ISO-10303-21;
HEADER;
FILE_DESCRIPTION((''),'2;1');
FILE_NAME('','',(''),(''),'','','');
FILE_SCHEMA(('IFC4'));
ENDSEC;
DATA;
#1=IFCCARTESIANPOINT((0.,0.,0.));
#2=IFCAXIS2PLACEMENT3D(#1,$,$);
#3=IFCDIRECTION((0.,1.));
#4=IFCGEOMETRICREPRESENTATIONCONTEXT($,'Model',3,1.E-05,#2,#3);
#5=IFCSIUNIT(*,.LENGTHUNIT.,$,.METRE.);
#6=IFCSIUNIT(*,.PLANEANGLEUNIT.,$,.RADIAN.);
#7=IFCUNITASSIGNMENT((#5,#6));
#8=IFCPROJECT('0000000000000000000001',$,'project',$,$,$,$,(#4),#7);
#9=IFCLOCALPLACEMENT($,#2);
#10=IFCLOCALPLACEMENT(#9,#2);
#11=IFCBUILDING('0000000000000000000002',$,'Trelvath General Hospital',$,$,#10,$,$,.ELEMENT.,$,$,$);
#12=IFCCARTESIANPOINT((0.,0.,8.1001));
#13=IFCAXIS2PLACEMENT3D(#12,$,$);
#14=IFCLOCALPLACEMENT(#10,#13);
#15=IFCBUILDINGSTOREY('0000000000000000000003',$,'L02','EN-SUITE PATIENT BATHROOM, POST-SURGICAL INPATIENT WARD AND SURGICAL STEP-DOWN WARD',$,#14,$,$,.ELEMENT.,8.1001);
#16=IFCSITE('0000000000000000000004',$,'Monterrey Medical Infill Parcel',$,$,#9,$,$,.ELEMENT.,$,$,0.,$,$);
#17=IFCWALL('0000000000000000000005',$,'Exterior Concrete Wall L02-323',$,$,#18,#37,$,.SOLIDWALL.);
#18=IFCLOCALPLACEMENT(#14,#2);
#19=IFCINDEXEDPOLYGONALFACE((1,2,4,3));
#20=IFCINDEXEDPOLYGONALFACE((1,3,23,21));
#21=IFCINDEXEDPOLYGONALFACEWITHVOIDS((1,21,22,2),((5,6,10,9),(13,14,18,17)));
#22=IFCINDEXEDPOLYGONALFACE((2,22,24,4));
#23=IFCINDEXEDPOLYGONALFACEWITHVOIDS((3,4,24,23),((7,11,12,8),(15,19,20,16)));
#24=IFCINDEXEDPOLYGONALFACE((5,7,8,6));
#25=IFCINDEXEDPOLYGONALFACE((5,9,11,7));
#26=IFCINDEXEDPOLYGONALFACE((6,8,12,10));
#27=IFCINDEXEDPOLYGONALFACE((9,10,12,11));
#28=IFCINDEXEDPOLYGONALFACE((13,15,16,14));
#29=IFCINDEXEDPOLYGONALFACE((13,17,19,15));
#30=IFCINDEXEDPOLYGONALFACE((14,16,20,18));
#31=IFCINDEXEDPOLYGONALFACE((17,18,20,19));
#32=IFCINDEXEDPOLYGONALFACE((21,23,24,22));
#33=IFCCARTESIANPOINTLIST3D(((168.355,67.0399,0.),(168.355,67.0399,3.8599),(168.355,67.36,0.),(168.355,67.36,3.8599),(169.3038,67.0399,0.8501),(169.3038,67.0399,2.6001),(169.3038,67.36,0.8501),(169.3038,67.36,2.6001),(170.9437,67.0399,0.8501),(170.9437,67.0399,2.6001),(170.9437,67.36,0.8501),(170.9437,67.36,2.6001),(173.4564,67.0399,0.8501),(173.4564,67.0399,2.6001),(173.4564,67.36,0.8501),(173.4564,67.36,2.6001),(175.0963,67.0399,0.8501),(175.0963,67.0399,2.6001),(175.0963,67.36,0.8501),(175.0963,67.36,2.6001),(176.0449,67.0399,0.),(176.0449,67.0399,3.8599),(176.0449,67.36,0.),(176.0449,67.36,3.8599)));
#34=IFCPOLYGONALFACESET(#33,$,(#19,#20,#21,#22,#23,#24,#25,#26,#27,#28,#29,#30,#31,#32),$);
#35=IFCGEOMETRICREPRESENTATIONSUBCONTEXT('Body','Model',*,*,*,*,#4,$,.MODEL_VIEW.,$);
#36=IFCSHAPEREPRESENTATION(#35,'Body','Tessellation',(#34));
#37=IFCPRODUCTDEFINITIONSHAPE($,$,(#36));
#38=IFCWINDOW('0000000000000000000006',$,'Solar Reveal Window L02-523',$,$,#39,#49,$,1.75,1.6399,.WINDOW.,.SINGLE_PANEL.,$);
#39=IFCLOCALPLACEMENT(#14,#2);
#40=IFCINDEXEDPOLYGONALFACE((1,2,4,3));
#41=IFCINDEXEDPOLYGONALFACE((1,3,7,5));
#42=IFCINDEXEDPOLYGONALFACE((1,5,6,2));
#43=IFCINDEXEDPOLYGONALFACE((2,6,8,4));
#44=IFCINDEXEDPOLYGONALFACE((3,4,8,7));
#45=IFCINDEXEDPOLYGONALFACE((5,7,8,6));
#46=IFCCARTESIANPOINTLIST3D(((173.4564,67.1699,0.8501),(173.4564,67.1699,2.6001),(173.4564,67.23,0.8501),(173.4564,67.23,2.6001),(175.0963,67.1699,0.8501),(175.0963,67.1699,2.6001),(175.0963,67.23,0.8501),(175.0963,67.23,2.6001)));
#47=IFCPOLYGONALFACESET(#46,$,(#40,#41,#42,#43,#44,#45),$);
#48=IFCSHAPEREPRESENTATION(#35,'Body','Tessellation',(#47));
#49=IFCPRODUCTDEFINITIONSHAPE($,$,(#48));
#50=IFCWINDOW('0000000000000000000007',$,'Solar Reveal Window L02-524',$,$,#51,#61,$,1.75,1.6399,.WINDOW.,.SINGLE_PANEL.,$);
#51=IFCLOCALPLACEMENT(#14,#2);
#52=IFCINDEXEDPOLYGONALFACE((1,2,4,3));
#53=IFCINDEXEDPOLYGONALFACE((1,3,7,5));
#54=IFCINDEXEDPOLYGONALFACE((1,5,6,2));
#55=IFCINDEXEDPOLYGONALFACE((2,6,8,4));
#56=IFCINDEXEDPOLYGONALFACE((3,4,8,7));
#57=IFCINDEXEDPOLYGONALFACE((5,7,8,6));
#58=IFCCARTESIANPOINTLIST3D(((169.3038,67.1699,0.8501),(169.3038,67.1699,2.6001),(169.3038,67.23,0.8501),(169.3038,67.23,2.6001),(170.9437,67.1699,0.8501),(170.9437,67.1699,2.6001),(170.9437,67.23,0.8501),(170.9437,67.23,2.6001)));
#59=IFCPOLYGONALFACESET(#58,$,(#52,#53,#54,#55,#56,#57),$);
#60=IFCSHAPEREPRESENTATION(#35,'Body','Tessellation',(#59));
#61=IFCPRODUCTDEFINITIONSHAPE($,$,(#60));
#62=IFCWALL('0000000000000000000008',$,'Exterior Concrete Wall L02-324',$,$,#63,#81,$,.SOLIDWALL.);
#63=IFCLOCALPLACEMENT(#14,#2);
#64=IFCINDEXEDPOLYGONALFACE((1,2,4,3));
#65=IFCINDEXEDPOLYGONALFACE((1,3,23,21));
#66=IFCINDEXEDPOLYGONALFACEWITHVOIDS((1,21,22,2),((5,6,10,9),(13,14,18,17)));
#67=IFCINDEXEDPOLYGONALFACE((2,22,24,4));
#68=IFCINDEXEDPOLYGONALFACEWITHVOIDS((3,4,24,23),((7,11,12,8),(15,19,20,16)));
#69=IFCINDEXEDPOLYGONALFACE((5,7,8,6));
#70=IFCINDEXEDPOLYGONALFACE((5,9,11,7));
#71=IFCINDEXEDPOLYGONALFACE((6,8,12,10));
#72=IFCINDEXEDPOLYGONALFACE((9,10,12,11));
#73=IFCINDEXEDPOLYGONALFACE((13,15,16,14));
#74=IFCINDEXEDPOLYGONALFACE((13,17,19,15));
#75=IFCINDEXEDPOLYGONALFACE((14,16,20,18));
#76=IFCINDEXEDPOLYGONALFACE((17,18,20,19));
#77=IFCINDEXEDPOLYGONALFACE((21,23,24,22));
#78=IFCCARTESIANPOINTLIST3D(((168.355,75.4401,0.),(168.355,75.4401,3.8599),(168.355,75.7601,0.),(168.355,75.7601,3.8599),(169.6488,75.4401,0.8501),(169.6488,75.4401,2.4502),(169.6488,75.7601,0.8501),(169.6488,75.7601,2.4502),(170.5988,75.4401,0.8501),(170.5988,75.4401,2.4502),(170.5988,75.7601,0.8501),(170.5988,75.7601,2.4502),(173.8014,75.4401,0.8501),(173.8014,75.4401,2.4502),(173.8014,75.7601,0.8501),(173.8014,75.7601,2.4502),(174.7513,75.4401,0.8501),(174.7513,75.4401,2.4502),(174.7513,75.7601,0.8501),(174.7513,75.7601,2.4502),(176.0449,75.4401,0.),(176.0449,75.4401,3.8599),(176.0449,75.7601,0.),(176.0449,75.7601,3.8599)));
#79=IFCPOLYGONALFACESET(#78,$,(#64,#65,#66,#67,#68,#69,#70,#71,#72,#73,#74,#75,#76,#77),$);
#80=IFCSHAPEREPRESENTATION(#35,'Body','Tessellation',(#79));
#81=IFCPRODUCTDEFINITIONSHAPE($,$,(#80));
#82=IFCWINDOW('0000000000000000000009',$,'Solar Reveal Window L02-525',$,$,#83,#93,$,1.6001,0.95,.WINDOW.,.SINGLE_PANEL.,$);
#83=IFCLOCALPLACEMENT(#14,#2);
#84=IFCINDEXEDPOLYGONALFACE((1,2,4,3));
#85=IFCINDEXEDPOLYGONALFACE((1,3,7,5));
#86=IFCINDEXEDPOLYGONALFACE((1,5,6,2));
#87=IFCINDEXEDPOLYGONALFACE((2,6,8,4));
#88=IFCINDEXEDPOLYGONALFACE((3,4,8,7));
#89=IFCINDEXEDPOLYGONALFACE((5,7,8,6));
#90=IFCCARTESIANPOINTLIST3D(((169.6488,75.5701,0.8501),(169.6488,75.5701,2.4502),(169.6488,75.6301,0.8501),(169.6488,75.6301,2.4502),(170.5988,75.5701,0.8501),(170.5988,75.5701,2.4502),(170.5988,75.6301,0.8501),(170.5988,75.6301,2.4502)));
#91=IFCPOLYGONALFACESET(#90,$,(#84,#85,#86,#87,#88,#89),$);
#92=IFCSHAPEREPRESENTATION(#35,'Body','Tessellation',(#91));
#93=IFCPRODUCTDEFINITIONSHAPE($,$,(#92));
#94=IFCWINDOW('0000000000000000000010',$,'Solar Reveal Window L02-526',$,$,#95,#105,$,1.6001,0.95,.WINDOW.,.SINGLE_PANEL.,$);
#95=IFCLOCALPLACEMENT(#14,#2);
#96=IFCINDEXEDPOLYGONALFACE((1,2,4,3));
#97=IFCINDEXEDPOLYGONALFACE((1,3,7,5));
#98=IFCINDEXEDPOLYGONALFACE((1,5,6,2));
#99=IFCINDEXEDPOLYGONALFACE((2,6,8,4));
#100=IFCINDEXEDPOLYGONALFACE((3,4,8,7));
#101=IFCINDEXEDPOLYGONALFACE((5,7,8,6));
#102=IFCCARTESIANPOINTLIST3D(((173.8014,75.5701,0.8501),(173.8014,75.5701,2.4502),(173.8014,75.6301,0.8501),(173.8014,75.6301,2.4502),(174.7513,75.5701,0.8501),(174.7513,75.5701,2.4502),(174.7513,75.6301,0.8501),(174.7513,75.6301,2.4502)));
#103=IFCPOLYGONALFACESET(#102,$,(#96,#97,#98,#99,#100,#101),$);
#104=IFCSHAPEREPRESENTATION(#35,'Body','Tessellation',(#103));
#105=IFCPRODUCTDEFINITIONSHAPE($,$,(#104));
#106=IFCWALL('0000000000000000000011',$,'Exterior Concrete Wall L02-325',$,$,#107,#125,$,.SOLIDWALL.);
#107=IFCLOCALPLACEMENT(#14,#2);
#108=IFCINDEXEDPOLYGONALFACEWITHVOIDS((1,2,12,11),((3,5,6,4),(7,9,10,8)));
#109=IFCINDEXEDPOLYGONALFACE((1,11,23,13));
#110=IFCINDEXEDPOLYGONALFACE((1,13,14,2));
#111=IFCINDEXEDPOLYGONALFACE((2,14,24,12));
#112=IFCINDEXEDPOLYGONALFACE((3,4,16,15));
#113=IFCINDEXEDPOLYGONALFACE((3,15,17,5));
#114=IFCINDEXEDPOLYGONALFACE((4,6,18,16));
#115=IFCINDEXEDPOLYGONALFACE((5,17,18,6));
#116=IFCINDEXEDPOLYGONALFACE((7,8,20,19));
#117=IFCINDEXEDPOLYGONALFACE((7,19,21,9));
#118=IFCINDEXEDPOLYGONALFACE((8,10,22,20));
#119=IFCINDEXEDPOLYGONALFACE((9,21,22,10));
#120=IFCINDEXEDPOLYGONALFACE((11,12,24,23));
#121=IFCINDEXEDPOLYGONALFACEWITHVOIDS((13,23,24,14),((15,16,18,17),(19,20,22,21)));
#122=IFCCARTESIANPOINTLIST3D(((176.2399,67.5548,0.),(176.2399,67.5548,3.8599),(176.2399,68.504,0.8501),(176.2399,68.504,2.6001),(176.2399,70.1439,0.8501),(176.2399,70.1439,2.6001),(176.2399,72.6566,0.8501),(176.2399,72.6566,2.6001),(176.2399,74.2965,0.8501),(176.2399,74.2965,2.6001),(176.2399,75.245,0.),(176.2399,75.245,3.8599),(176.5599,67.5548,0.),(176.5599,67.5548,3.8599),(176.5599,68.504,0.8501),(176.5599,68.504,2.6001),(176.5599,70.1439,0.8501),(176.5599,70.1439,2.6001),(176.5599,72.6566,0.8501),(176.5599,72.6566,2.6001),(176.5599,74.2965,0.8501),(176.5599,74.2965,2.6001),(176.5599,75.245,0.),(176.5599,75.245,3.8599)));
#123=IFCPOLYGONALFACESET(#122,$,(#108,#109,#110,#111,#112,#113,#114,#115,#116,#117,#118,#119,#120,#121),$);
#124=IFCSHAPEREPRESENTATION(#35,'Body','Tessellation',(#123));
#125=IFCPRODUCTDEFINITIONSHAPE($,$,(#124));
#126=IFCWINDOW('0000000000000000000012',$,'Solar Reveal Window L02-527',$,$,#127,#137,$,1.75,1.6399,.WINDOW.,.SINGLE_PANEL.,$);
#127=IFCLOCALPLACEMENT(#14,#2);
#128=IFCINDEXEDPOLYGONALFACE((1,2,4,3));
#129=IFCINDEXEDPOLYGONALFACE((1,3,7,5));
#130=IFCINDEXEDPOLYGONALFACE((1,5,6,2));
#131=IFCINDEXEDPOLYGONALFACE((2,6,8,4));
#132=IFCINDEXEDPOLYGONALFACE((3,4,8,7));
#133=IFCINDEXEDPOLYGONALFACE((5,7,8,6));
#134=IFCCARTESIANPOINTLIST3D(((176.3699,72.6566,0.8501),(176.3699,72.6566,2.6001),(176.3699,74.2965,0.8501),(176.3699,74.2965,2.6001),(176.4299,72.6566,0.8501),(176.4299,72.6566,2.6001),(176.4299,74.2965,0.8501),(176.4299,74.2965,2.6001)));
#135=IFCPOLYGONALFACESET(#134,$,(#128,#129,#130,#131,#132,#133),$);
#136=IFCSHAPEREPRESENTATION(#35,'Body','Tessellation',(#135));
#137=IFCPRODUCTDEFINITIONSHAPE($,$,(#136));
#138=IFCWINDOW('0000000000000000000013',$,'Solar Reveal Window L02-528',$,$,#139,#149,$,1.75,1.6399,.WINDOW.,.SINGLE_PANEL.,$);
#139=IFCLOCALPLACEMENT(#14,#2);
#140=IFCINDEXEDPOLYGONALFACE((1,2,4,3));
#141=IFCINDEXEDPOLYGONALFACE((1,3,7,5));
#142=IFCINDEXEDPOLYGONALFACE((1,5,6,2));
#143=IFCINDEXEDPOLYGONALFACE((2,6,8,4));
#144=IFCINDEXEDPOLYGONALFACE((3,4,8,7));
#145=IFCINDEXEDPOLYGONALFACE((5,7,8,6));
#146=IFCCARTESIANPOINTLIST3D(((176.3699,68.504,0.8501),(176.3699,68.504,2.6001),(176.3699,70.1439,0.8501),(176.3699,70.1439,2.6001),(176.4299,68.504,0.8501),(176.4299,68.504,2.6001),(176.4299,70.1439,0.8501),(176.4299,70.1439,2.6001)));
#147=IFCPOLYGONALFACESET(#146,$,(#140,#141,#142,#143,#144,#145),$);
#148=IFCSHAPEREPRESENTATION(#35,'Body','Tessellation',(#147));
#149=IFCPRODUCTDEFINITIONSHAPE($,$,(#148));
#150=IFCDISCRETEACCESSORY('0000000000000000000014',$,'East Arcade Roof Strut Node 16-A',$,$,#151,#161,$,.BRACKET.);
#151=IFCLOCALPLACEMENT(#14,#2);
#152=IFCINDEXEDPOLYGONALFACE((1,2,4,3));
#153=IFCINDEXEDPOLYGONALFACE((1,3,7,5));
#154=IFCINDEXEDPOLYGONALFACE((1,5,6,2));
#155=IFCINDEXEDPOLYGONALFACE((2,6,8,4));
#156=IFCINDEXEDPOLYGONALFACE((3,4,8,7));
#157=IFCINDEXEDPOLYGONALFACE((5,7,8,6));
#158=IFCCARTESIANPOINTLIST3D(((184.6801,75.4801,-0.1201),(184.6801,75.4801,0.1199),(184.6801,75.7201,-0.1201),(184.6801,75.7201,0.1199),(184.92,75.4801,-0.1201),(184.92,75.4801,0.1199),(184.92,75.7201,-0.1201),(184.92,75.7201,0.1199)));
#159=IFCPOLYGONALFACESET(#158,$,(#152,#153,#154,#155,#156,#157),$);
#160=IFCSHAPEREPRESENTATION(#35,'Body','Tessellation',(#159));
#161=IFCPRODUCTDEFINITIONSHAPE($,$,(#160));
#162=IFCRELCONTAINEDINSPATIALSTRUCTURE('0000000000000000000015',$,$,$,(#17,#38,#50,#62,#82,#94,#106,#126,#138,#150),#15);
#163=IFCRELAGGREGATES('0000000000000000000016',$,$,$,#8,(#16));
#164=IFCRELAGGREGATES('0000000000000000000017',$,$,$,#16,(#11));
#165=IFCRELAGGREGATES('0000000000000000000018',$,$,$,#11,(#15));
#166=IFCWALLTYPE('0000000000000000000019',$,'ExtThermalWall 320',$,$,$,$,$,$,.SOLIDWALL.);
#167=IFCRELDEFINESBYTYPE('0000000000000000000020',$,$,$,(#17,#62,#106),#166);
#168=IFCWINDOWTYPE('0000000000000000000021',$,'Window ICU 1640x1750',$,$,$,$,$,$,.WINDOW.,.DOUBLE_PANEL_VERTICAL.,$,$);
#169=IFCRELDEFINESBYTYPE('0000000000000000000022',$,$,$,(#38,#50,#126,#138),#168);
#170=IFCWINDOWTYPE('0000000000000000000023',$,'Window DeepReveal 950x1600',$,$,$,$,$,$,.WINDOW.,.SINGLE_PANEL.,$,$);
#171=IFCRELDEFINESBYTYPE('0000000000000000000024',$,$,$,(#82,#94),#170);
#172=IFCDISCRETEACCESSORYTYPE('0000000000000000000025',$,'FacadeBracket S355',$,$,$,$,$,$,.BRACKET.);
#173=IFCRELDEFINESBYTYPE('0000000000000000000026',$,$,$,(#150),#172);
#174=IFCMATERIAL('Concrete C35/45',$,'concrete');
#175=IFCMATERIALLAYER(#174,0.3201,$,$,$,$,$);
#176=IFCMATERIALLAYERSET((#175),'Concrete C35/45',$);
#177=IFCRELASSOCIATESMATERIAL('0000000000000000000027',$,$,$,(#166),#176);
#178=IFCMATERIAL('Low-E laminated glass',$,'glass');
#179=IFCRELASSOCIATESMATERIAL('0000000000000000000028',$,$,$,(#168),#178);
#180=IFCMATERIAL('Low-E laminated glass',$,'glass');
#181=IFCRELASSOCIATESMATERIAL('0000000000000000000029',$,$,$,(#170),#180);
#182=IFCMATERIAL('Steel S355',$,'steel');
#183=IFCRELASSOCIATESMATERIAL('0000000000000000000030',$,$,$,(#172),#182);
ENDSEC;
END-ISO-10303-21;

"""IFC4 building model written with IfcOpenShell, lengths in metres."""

from ifc_helpers import new_model, si_unit, direction, frame, frame_2d, origin, origin_2d, place, context, subcontext, project, spatial, rectangle, extrude, material, layer, layer_set, type_object, element, fill, save


model = new_model("IFC4")

# Units and contexts
model_context = context("Model", 3, precision=1e-05, world=origin(), true_north=direction((0.0, 1.0)))
body_context = subcontext(model_context, "Body", "Model", "MODEL_VIEW")
ifc_project = project(units=[si_unit("LENGTHUNIT", "METRE"), si_unit("PLANEANGLEUNIT", "RADIAN")], contexts=[model_context])

# Site, building, storey
site_placement = place(None, origin())
site = spatial("IfcSite", under=ifc_project, at=site_placement, Name="Monterrey Medical Infill Parcel", CompositionType="ELEMENT", RefElevation=0.0)
building_placement = place(site_placement, origin())
building = spatial("IfcBuilding", under=site, at=building_placement, Name="Trelvath General Hospital", CompositionType="ELEMENT")
storey_placement = place(building_placement, frame((0.0, 0.0, 8.1001)))
storey = spatial("IfcBuildingStorey", under=building, at=storey_placement, Name="L02", Description="EN-SUITE PATIENT BATHROOM, POST-SURGICAL INPATIENT WARD AND SURGICAL STEP-DOWN WARD", CompositionType="ELEMENT", Elevation=8.1001)

# Walls, openings, windows
ifc_material_1 = material(Name="Concrete C35/45", Category="concrete")
ifc_layer_1 = layer(ifc_material_1, 0.3201)
ifc_layer_set_1 = layer_set([ifc_layer_1], Name="Concrete C35/45")
wall_type_1 = type_object("IfcWallType", Name="ExtThermalWall 320", PredefinedType="SOLIDWALL", material=ifc_layer_set_1)
wall_1_placement = place(storey_placement, frame((176.0449, 67.2, 0.0), z_axis=(0.0, 0.0, 1.0), x_axis=(-1.0, 0.0, 0.0)))
wall_1 = element("IfcWall", 1, at=wall_1_placement, inside=storey, type_object=wall_type_1, Name="Exterior Concrete Wall L02-323", PredefinedType="SOLIDWALL", context=body_context, shape_type="SweptSolid", body=[
    extrude(rectangle(XDim=7.6899, YDim=0.3201, at=frame_2d((3.845, 0.0))), origin(), (0.0, 0.0, 1.0), 3.8599),
])
opening_1_placement = place(wall_1_placement, frame((0.9487, 0.0, 0.8501)))
opening_1 = element("IfcOpeningElement", 2, at=opening_1_placement, cuts=wall_1, PredefinedType="OPENING", context=body_context, shape_type="SweptSolid", body=[
    extrude(rectangle(XDim=1.6399, YDim=1.75, at=frame_2d((0.8198, 0.875))), frame((0.0, 0.1699, 0.0), z_axis=(0.0, -1.0, 0.0), x_axis=(1.0, 0.0, 0.0)), (0.0, 0.0, 1.0), 0.3401),
])
opening_2_placement = place(wall_1_placement, frame((5.1013, 0.0, 0.8501)))
opening_2 = element("IfcOpeningElement", 3, at=opening_2_placement, cuts=wall_1, PredefinedType="OPENING", context=body_context, shape_type="SweptSolid", body=[
    extrude(rectangle(XDim=1.6399, YDim=1.75, at=frame_2d((0.8198, 0.875))), frame((0.0, 0.1699, 0.0), z_axis=(0.0, -1.0, 0.0), x_axis=(1.0, 0.0, 0.0)), (0.0, 0.0, 1.0), 0.3401),
])
ifc_material_2 = material(Name="Low-E laminated glass", Category="glass")
window_type_1 = type_object("IfcWindowType", Name="Window ICU 1640x1750", PartitioningType="DOUBLE_PANEL_VERTICAL", PredefinedType="WINDOW", material=ifc_material_2)
window_1_placement = place(opening_1_placement, origin())
window_1 = element("IfcWindow", 4, at=window_1_placement, inside=storey, type_object=window_type_1, Name="Solar Reveal Window L02-523", OverallHeight=1.75, OverallWidth=1.6399, PartitioningType="SINGLE_PANEL", PredefinedType="WINDOW", context=body_context, shape_type="SweptSolid", body=[
    extrude(rectangle(XDim=1.6399, YDim=1.75, at=frame_2d((0.8198, 0.875))), frame((0.0, 0.03, 0.0), z_axis=(0.0, -1.0, 0.0), x_axis=(1.0, 0.0, 0.0)), (0.0, 0.0, 1.0), 0.0601),
])
fill(opening_1, window_1)
window_2_placement = place(opening_2_placement, origin())
window_2 = element("IfcWindow", 5, at=window_2_placement, inside=storey, type_object=window_type_1, Name="Solar Reveal Window L02-524", OverallHeight=1.75, OverallWidth=1.6399, PartitioningType="SINGLE_PANEL", PredefinedType="WINDOW", context=body_context, shape_type="SweptSolid", body=[
    extrude(rectangle(XDim=1.6399, YDim=1.75, at=frame_2d((0.8198, 0.875))), frame((0.0, 0.03, 0.0), z_axis=(0.0, -1.0, 0.0), x_axis=(1.0, 0.0, 0.0)), (0.0, 0.0, 1.0), 0.0601),
])
fill(opening_2, window_2)
wall_2_placement = place(storey_placement, frame((168.355, 75.6001, 0.0), z_axis=(0.0, 0.0, 1.0), x_axis=(1.0, 0.0, 0.0)))
wall_2 = element("IfcWall", 6, at=wall_2_placement, inside=storey, type_object=wall_type_1, Name="Exterior Concrete Wall L02-324", PredefinedType="SOLIDWALL", context=body_context, shape_type="SweptSolid", body=[
    extrude(rectangle(XDim=7.6899, YDim=0.3201, at=frame_2d((3.845, 0.0))), origin(), (0.0, 0.0, 1.0), 3.8599),
])
opening_3_placement = place(wall_2_placement, frame((1.2937, 0.0, 0.8501)))
opening_3 = element("IfcOpeningElement", 7, at=opening_3_placement, cuts=wall_2, PredefinedType="OPENING", context=body_context, shape_type="SweptSolid", body=[
    extrude(rectangle(XDim=0.95, YDim=1.6001, at=frame_2d((0.4751, 0.8))), frame((0.0, 0.1699, 0.0), z_axis=(0.0, -1.0, 0.0), x_axis=(1.0, 0.0, 0.0)), (0.0, 0.0, 1.0), 0.3401),
])
opening_4_placement = place(wall_2_placement, frame((5.4463, 0.0, 0.8501)))
opening_4 = element("IfcOpeningElement", 8, at=opening_4_placement, cuts=wall_2, PredefinedType="OPENING", context=body_context, shape_type="SweptSolid", body=[
    extrude(rectangle(XDim=0.95, YDim=1.6001, at=frame_2d((0.4751, 0.8))), frame((0.0, 0.1699, 0.0), z_axis=(0.0, -1.0, 0.0), x_axis=(1.0, 0.0, 0.0)), (0.0, 0.0, 1.0), 0.3401),
])
ifc_material_3 = material(Name="Low-E laminated glass", Category="glass")
window_type_2 = type_object("IfcWindowType", Name="Window DeepReveal 950x1600", PartitioningType="SINGLE_PANEL", PredefinedType="WINDOW", material=ifc_material_3)
window_3_placement = place(opening_3_placement, origin())
window_3 = element("IfcWindow", 9, at=window_3_placement, inside=storey, type_object=window_type_2, Name="Solar Reveal Window L02-525", OverallHeight=1.6001, OverallWidth=0.95, PartitioningType="SINGLE_PANEL", PredefinedType="WINDOW", context=body_context, shape_type="SweptSolid", body=[
    extrude(rectangle(XDim=0.95, YDim=1.6001, at=frame_2d((0.4751, 0.8))), frame((0.0, 0.03, 0.0), z_axis=(0.0, -1.0, 0.0), x_axis=(1.0, 0.0, 0.0)), (0.0, 0.0, 1.0), 0.0601),
])
fill(opening_3, window_3)
window_4_placement = place(opening_4_placement, origin())
window_4 = element("IfcWindow", 10, at=window_4_placement, inside=storey, type_object=window_type_2, Name="Solar Reveal Window L02-526", OverallHeight=1.6001, OverallWidth=0.95, PartitioningType="SINGLE_PANEL", PredefinedType="WINDOW", context=body_context, shape_type="SweptSolid", body=[
    extrude(rectangle(XDim=0.95, YDim=1.6001, at=frame_2d((0.4751, 0.8))), frame((0.0, 0.03, 0.0), z_axis=(0.0, -1.0, 0.0), x_axis=(1.0, 0.0, 0.0)), (0.0, 0.0, 1.0), 0.0601),
])
fill(opening_4, window_4)
wall_3_placement = place(storey_placement, frame((176.3999, 75.2451, 0.0), z_axis=(0.0, 0.0, 1.0), x_axis=(0.0, -1.0, 0.0)))
wall_3 = element("IfcWall", 11, at=wall_3_placement, inside=storey, type_object=wall_type_1, Name="Exterior Concrete Wall L02-325", PredefinedType="SOLIDWALL", context=body_context, shape_type="SweptSolid", body=[
    extrude(rectangle(XDim=7.6902, YDim=0.3201, at=frame_2d((3.8452, 0.0))), origin(), (0.0, 0.0, 1.0), 3.8599),
])
opening_5_placement = place(wall_3_placement, frame((0.9487, 0.0, 0.8501)))
opening_5 = element("IfcOpeningElement", 12, at=opening_5_placement, cuts=wall_3, PredefinedType="OPENING", context=body_context, shape_type="SweptSolid", body=[
    extrude(rectangle(XDim=1.6399, YDim=1.75, at=frame_2d((0.8198, 0.875))), frame((0.0, 0.1699, 0.0), z_axis=(0.0, -1.0, 0.0), x_axis=(1.0, 0.0, 0.0)), (0.0, 0.0, 1.0), 0.3401),
])
opening_6_placement = place(wall_3_placement, frame((5.1013, 0.0, 0.8501)))
opening_6 = element("IfcOpeningElement", 13, at=opening_6_placement, cuts=wall_3, PredefinedType="OPENING", context=body_context, shape_type="SweptSolid", body=[
    extrude(rectangle(XDim=1.6399, YDim=1.75, at=frame_2d((0.8198, 0.875))), frame((0.0, 0.1699, 0.0), z_axis=(0.0, -1.0, 0.0), x_axis=(1.0, 0.0, 0.0)), (0.0, 0.0, 1.0), 0.3401),
])
window_5_placement = place(opening_5_placement, origin())
window_5 = element("IfcWindow", 14, at=window_5_placement, inside=storey, type_object=window_type_1, Name="Solar Reveal Window L02-527", OverallHeight=1.75, OverallWidth=1.6399, PartitioningType="SINGLE_PANEL", PredefinedType="WINDOW", context=body_context, shape_type="SweptSolid", body=[
    extrude(rectangle(XDim=1.6399, YDim=1.75, at=frame_2d((0.8198, 0.875))), frame((0.0, 0.03, 0.0), z_axis=(0.0, -1.0, 0.0), x_axis=(1.0, 0.0, 0.0)), (0.0, 0.0, 1.0), 0.0601),
])
fill(opening_5, window_5)
window_6_placement = place(opening_6_placement, origin())
window_6 = element("IfcWindow", 15, at=window_6_placement, inside=storey, type_object=window_type_1, Name="Solar Reveal Window L02-528", OverallHeight=1.75, OverallWidth=1.6399, PartitioningType="SINGLE_PANEL", PredefinedType="WINDOW", context=body_context, shape_type="SweptSolid", body=[
    extrude(rectangle(XDim=1.6399, YDim=1.75, at=frame_2d((0.8198, 0.875))), frame((0.0, 0.03, 0.0), z_axis=(0.0, -1.0, 0.0), x_axis=(1.0, 0.0, 0.0)), (0.0, 0.0, 1.0), 0.0601),
])
fill(opening_6, window_6)

# Discrete accessory
ifc_material_4 = material(Name="Steel S355", Category="steel")
discrete_accessory_type = type_object("IfcDiscreteAccessoryType", Name="FacadeBracket S355", PredefinedType="BRACKET", material=ifc_material_4)
for number, where, z_axis, x_axis, name in (
    (16, (184.8, 75.6001, -0.1201), (0.0, 0.0, 1.0), (1.0, 0.0, 0.0), "East Arcade Roof Strut Node 16-A"),
):
    element("IfcDiscreteAccessory", number, at=place(storey_placement, frame(where, z_axis=z_axis, x_axis=x_axis)), inside=storey, type_object=discrete_accessory_type, Name=name, PredefinedType="BRACKET", context=body_context, shape_type="SweptSolid", body=[
        extrude(rectangle(XDim=0.24, YDim=0.24, at=origin_2d()), origin(), (0.0, 0.0, 1.0), 0.24),
    ])

save(model, "model.ifc")
